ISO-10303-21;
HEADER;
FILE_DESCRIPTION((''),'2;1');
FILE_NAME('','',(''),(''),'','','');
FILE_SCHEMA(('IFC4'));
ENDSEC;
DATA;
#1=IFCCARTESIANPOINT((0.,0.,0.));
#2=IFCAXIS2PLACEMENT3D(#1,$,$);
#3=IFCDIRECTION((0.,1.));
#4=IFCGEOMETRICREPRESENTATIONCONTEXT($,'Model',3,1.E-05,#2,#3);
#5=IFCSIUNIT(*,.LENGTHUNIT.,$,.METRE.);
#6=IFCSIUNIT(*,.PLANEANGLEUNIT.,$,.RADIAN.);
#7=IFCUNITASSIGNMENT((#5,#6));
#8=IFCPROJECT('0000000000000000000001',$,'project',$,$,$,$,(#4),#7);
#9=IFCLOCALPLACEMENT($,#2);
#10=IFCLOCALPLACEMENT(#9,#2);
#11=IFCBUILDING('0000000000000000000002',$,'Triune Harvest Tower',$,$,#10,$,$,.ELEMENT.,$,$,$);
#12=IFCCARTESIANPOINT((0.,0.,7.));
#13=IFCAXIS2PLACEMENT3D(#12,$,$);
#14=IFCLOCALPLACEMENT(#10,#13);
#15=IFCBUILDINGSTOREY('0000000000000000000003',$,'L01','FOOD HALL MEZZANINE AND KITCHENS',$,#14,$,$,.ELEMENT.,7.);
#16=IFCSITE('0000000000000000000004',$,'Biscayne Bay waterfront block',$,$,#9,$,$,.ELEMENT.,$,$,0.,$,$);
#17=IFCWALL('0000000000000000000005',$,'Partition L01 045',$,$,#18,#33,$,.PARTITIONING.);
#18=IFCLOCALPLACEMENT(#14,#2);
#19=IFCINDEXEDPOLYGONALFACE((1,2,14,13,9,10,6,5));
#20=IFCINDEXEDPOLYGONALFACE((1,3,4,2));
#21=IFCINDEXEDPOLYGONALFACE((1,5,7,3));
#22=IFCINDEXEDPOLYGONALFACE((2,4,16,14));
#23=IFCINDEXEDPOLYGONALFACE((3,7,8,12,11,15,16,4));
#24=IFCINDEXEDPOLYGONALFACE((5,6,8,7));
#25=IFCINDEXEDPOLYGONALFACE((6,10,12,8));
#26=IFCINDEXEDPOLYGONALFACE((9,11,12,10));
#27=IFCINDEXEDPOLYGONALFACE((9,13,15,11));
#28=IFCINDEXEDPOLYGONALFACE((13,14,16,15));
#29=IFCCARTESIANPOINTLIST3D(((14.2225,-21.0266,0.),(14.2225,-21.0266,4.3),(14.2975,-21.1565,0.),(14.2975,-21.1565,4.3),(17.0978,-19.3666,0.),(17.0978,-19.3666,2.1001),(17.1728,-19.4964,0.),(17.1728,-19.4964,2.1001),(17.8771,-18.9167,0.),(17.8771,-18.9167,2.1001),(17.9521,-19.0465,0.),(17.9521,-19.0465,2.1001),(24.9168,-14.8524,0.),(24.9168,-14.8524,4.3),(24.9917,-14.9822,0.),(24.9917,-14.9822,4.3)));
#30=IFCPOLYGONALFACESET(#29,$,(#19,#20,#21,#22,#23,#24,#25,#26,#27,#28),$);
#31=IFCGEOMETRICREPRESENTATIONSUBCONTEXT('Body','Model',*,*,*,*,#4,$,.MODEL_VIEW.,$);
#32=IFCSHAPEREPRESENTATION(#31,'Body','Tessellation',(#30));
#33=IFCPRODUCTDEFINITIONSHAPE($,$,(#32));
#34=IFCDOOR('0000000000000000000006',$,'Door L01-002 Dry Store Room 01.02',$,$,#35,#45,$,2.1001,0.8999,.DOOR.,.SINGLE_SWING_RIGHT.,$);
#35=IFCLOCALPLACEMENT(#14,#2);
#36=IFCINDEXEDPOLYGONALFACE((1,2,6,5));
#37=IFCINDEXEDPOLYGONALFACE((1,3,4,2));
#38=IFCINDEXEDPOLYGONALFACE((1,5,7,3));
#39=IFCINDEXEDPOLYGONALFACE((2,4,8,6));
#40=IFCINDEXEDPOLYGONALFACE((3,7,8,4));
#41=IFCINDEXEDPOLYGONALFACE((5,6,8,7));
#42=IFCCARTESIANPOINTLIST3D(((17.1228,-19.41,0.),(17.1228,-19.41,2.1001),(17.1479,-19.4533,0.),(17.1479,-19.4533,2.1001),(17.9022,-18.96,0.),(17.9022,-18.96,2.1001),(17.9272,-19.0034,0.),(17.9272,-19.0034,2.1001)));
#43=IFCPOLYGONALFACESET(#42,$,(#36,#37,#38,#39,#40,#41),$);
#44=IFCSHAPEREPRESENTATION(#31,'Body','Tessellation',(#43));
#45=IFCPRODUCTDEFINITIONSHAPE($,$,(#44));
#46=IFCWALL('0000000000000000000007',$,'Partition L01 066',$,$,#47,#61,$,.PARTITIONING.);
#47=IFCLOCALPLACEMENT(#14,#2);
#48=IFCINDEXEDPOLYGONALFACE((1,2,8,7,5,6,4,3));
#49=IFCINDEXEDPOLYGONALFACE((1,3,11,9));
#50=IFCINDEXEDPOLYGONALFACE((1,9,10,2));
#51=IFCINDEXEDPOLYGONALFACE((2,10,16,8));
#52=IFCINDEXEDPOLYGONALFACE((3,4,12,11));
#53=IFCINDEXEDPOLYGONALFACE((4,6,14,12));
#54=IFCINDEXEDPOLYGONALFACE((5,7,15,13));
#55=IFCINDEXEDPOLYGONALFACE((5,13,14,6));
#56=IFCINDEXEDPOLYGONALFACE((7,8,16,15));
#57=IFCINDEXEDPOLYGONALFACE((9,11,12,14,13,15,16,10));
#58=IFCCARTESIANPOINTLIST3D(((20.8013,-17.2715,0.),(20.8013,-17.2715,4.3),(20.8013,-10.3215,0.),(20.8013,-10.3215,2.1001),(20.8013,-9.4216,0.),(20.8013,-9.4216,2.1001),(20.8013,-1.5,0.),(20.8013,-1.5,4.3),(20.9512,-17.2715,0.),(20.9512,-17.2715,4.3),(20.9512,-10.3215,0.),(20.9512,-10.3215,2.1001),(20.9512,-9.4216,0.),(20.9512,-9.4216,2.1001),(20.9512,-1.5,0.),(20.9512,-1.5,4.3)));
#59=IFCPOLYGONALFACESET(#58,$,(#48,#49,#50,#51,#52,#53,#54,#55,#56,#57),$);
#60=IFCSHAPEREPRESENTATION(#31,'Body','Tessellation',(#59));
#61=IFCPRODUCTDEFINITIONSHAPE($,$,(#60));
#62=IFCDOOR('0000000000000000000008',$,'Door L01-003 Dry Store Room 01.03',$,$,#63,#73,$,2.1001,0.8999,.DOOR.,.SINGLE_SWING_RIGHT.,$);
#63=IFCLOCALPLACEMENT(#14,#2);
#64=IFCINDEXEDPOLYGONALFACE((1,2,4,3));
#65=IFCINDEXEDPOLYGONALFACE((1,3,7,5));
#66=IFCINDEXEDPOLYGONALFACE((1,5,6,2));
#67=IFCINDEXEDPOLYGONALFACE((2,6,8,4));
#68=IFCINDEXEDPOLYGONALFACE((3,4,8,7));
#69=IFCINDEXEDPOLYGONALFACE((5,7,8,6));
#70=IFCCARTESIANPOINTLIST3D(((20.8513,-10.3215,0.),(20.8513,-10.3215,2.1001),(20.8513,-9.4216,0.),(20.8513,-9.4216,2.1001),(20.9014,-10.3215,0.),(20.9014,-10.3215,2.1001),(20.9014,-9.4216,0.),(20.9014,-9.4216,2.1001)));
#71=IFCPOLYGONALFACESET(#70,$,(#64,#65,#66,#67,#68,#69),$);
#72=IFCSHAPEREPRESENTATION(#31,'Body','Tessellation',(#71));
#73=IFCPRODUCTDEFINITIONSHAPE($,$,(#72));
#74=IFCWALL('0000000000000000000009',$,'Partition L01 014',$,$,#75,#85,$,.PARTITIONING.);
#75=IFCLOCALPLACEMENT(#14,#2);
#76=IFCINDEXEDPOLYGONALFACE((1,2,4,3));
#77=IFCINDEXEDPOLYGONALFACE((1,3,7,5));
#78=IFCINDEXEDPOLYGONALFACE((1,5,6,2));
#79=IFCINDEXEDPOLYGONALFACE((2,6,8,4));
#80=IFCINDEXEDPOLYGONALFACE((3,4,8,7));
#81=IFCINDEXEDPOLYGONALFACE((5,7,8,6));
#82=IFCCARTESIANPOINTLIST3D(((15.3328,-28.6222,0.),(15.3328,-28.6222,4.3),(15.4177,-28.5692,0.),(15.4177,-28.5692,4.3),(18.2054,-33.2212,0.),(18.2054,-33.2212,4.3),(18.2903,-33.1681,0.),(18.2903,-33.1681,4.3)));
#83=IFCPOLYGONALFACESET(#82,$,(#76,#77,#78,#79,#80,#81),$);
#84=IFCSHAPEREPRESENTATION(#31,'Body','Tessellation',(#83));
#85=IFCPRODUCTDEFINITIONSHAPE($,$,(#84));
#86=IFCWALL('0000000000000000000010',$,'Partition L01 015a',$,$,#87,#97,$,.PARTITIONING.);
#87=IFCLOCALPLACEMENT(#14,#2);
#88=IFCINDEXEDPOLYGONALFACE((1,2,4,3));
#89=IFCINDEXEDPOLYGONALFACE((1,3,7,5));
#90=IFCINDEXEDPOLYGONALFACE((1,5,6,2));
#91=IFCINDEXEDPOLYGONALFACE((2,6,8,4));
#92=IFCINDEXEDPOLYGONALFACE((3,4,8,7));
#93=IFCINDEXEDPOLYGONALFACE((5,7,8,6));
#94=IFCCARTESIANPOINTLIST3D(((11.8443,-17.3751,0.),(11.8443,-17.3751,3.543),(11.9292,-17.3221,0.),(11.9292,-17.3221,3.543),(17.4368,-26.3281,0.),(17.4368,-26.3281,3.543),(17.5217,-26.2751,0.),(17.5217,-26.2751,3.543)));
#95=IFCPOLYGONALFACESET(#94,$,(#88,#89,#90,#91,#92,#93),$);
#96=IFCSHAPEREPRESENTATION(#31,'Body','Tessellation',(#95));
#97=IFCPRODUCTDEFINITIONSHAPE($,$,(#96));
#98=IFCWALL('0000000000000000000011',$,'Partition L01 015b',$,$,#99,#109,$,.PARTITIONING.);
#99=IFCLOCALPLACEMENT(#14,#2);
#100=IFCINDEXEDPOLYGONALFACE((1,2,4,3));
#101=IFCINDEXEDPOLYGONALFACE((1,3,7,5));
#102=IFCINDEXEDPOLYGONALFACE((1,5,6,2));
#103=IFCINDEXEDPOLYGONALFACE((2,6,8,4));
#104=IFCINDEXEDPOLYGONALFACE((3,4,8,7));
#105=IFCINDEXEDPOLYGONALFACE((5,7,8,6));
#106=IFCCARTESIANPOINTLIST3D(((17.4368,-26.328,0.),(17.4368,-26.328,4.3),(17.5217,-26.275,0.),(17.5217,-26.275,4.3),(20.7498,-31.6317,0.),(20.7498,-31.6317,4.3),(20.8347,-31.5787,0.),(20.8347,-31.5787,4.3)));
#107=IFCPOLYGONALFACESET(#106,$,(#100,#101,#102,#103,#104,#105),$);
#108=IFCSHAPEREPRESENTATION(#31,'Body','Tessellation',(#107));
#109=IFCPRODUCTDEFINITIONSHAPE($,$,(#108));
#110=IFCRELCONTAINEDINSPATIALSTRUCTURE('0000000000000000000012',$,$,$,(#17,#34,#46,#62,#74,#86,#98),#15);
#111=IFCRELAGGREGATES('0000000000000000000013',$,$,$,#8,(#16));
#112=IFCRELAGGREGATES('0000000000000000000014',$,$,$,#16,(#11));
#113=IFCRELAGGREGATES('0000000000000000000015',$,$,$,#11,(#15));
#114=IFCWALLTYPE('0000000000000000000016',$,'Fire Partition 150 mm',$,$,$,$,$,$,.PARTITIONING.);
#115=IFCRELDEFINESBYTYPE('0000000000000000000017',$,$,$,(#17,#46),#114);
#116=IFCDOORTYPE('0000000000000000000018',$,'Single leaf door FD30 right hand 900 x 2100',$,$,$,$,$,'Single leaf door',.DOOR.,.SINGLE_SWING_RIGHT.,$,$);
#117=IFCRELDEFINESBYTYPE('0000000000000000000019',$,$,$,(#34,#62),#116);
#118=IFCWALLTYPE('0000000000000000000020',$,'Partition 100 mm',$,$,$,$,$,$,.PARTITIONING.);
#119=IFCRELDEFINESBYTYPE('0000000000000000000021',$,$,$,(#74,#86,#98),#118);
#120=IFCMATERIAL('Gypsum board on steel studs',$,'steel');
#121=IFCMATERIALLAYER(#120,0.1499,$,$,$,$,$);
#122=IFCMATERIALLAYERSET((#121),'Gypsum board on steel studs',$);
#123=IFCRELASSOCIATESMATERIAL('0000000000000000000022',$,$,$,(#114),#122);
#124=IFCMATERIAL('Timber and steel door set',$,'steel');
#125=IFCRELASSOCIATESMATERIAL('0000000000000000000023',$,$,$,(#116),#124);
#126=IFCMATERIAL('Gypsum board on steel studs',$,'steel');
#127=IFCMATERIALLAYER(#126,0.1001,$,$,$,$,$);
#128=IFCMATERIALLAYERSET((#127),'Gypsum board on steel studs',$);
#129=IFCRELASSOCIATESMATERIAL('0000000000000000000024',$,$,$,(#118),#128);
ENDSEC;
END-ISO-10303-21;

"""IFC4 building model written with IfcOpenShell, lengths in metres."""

from ifc_helpers import new_model, si_unit, direction, frame, frame_2d, origin, place, context, subcontext, project, spatial, rectangle, extrude, material, layer, layer_set, type_object, element, fill, save


model = new_model("IFC4")

# Units and contexts
model_context = context("Model", 3, precision=1e-05, world=origin(), true_north=direction((0.0, 1.0)))
body_context = subcontext(model_context, "Body", "Model", "MODEL_VIEW")
ifc_project = project(units=[si_unit("LENGTHUNIT", "METRE"), si_unit("PLANEANGLEUNIT", "RADIAN")], contexts=[model_context])

# Site, building, storey
site_placement = place(None, origin())
site = spatial("IfcSite", under=ifc_project, at=site_placement, Name="Biscayne Bay waterfront block", CompositionType="ELEMENT", RefElevation=0.0)
building_placement = place(site_placement, origin())
building = spatial("IfcBuilding", under=site, at=building_placement, Name="Triune Harvest Tower", CompositionType="ELEMENT")
storey_placement = place(building_placement, frame((0.0, 0.0, 7.0)))
storey = spatial("IfcBuildingStorey", under=building, at=storey_placement, Name="L01", Description="FOOD HALL MEZZANINE AND KITCHENS", CompositionType="ELEMENT", Elevation=7.0)

# Walls, openings, doors
ifc_material_1 = material(Name="Gypsum board on steel studs", Category="steel")
ifc_layer_1 = layer(ifc_material_1, 0.1499)
ifc_layer_set_1 = layer_set([ifc_layer_1], Name="Gypsum board on steel studs")
wall_type_1 = type_object("IfcWallType", Name="Fire Partition 150 mm", PredefinedType="PARTITIONING", material=ifc_layer_set_1)
wall_1_placement = place(storey_placement, frame((14.26, -21.0916, 0.0), z_axis=(0.0, 0.0, 1.0), x_axis=(0.866028, 0.499996, 0.0)))
wall_1 = element("IfcWall", 1, at=wall_1_placement, inside=storey, type_object=wall_type_1, Name="Partition L01 045", PredefinedType="PARTITIONING", context=body_context, shape_type="SweptSolid", body=[
    extrude(rectangle(XDim=12.3486, YDim=0.1499, at=frame_2d((6.1743, 0.0))), origin(), (0.0, 0.0, 1.0), 4.3),
])
opening_1_placement = place(wall_1_placement, frame((3.3201, 0.0, 0.0)))
opening_1 = element("IfcOpeningElement", 2, at=opening_1_placement, cuts=wall_1, PredefinedType="OPENING", context=body_context, shape_type="SweptSolid", body=[
    extrude(rectangle(XDim=0.8999, YDim=2.1001, at=frame_2d((0.45, 1.05))), frame((0.0, 0.085, 0.0), z_axis=(0.0, -1.0, 0.0), x_axis=(1.0, 0.0, 0.0)), (0.0, 0.0, 1.0), 0.1699),
])
ifc_material_2 = material(Name="Timber and steel door set", Category="steel")
door_type_1 = type_object("IfcDoorType", Name="Single leaf door FD30 right hand 900 x 2100", ElementType="Single leaf door", OperationType="SINGLE_SWING_RIGHT", PredefinedType="DOOR", material=ifc_material_2)
door_1_placement = place(opening_1_placement, origin())
door_1 = element("IfcDoor", 3, at=door_1_placement, inside=storey, type_object=door_type_1, Name="Door L01-002 Dry Store Room 01.02", OperationType="SINGLE_SWING_RIGHT", OverallHeight=2.1001, OverallWidth=0.8999, PredefinedType="DOOR", context=body_context, shape_type="SweptSolid", body=[
    extrude(rectangle(XDim=0.8999, YDim=2.1001, at=frame_2d((0.45, 1.05))), frame((0.0, 0.0249, 0.0), z_axis=(0.0, -1.0, 0.0), x_axis=(1.0, 0.0, 0.0)), (0.0, 0.0, 1.0), 0.05),
])
fill(opening_1, door_1)
wall_2_placement = place(storey_placement, frame((20.8762, -17.2715, 0.0), z_axis=(0.0, 0.0, 1.0), x_axis=(0.0, 1.0, 0.0)))
wall_2 = element("IfcWall", 4, at=wall_2_placement, inside=storey, type_object=wall_type_1, Name="Partition L01 066", PredefinedType="PARTITIONING", context=body_context, shape_type="SweptSolid", body=[
    extrude(rectangle(XDim=15.7715, YDim=0.1499, at=frame_2d((7.8857, 0.0))), origin(), (0.0, 0.0, 1.0), 4.3),
])
opening_2_placement = place(wall_2_placement, frame((6.95, 0.0, 0.0)))
opening_2 = element("IfcOpeningElement", 5, at=opening_2_placement, cuts=wall_2, PredefinedType="OPENING", context=body_context, shape_type="SweptSolid", body=[
    extrude(rectangle(XDim=0.8999, YDim=2.1001, at=frame_2d((0.45, 1.05))), frame((0.0, 0.085, 0.0), z_axis=(0.0, -1.0, 0.0), x_axis=(1.0, 0.0, 0.0)), (0.0, 0.0, 1.0), 0.1699),
])
door_2_placement = place(opening_2_placement, origin())
door_2 = element("IfcDoor", 6, at=door_2_placement, inside=storey, type_object=door_type_1, Name="Door L01-003 Dry Store Room 01.03", OperationType="SINGLE_SWING_RIGHT", OverallHeight=2.1001, OverallWidth=0.8999, PredefinedType="DOOR", context=body_context, shape_type="SweptSolid", body=[
    extrude(rectangle(XDim=0.8999, YDim=2.1001, at=frame_2d((0.45, 1.05))), frame((0.0, 0.0249, 0.0), z_axis=(0.0, -1.0, 0.0), x_axis=(1.0, 0.0, 0.0)), (0.0, 0.0, 1.0), 0.05),
])
fill(opening_2, door_2)

# Walls
ifc_material_3 = material(Name="Gypsum board on steel studs", Category="steel")
ifc_layer_2 = layer(ifc_material_3, 0.1001)
ifc_layer_set_2 = layer_set([ifc_layer_2], Name="Gypsum board on steel studs")
wall_type_2 = type_object("IfcWallType", Name="Partition 100 mm", PredefinedType="PARTITIONING", material=ifc_layer_set_2)
wall_3_placement = place(storey_placement, frame((15.3752, -28.5957, 0.0), z_axis=(0.0, 0.0, 1.0), x_axis=(0.529768, -0.848142, 0.0)))
element("IfcWall", 7, at=wall_3_placement, inside=storey, type_object=wall_type_2, Name="Partition L01 014", PredefinedType="PARTITIONING", context=body_context, shape_type="SweptSolid", body=[
    extrude(rectangle(XDim=5.4224, YDim=0.1001, at=frame_2d((2.7112, 0.0))), origin(), (0.0, 0.0, 1.0), 4.3),
])
wall_4_placement = place(storey_placement, frame((11.8867, -17.3486, 0.0), z_axis=(0.0, 0.0, 1.0), x_axis=(0.529793, -0.848127, 0.0)))
element("IfcWall", 8, at=wall_4_placement, inside=storey, type_object=wall_type_2, Name="Partition L01 015a", PredefinedType="PARTITIONING", context=body_context, shape_type="SweptSolid", body=[
    extrude(rectangle(XDim=10.5562, YDim=0.1001, at=frame_2d((5.2781, 0.0))), origin(), (0.0, 0.0, 1.0), 3.543),
])
wall_5_placement = place(storey_placement, frame((17.4792, -26.3015, 0.0), z_axis=(0.0, 0.0, 1.0), x_axis=(0.529788, -0.84813, 0.0)))
element("IfcWall", 9, at=wall_5_placement, inside=storey, type_object=wall_type_2, Name="Partition L01 015b", PredefinedType="PARTITIONING", context=body_context, shape_type="SweptSolid", body=[
    extrude(rectangle(XDim=6.2534, YDim=0.1001, at=frame_2d((3.1267, 0.0))), origin(), (0.0, 0.0, 1.0), 4.3),
])

save(model, "model.ifc")
